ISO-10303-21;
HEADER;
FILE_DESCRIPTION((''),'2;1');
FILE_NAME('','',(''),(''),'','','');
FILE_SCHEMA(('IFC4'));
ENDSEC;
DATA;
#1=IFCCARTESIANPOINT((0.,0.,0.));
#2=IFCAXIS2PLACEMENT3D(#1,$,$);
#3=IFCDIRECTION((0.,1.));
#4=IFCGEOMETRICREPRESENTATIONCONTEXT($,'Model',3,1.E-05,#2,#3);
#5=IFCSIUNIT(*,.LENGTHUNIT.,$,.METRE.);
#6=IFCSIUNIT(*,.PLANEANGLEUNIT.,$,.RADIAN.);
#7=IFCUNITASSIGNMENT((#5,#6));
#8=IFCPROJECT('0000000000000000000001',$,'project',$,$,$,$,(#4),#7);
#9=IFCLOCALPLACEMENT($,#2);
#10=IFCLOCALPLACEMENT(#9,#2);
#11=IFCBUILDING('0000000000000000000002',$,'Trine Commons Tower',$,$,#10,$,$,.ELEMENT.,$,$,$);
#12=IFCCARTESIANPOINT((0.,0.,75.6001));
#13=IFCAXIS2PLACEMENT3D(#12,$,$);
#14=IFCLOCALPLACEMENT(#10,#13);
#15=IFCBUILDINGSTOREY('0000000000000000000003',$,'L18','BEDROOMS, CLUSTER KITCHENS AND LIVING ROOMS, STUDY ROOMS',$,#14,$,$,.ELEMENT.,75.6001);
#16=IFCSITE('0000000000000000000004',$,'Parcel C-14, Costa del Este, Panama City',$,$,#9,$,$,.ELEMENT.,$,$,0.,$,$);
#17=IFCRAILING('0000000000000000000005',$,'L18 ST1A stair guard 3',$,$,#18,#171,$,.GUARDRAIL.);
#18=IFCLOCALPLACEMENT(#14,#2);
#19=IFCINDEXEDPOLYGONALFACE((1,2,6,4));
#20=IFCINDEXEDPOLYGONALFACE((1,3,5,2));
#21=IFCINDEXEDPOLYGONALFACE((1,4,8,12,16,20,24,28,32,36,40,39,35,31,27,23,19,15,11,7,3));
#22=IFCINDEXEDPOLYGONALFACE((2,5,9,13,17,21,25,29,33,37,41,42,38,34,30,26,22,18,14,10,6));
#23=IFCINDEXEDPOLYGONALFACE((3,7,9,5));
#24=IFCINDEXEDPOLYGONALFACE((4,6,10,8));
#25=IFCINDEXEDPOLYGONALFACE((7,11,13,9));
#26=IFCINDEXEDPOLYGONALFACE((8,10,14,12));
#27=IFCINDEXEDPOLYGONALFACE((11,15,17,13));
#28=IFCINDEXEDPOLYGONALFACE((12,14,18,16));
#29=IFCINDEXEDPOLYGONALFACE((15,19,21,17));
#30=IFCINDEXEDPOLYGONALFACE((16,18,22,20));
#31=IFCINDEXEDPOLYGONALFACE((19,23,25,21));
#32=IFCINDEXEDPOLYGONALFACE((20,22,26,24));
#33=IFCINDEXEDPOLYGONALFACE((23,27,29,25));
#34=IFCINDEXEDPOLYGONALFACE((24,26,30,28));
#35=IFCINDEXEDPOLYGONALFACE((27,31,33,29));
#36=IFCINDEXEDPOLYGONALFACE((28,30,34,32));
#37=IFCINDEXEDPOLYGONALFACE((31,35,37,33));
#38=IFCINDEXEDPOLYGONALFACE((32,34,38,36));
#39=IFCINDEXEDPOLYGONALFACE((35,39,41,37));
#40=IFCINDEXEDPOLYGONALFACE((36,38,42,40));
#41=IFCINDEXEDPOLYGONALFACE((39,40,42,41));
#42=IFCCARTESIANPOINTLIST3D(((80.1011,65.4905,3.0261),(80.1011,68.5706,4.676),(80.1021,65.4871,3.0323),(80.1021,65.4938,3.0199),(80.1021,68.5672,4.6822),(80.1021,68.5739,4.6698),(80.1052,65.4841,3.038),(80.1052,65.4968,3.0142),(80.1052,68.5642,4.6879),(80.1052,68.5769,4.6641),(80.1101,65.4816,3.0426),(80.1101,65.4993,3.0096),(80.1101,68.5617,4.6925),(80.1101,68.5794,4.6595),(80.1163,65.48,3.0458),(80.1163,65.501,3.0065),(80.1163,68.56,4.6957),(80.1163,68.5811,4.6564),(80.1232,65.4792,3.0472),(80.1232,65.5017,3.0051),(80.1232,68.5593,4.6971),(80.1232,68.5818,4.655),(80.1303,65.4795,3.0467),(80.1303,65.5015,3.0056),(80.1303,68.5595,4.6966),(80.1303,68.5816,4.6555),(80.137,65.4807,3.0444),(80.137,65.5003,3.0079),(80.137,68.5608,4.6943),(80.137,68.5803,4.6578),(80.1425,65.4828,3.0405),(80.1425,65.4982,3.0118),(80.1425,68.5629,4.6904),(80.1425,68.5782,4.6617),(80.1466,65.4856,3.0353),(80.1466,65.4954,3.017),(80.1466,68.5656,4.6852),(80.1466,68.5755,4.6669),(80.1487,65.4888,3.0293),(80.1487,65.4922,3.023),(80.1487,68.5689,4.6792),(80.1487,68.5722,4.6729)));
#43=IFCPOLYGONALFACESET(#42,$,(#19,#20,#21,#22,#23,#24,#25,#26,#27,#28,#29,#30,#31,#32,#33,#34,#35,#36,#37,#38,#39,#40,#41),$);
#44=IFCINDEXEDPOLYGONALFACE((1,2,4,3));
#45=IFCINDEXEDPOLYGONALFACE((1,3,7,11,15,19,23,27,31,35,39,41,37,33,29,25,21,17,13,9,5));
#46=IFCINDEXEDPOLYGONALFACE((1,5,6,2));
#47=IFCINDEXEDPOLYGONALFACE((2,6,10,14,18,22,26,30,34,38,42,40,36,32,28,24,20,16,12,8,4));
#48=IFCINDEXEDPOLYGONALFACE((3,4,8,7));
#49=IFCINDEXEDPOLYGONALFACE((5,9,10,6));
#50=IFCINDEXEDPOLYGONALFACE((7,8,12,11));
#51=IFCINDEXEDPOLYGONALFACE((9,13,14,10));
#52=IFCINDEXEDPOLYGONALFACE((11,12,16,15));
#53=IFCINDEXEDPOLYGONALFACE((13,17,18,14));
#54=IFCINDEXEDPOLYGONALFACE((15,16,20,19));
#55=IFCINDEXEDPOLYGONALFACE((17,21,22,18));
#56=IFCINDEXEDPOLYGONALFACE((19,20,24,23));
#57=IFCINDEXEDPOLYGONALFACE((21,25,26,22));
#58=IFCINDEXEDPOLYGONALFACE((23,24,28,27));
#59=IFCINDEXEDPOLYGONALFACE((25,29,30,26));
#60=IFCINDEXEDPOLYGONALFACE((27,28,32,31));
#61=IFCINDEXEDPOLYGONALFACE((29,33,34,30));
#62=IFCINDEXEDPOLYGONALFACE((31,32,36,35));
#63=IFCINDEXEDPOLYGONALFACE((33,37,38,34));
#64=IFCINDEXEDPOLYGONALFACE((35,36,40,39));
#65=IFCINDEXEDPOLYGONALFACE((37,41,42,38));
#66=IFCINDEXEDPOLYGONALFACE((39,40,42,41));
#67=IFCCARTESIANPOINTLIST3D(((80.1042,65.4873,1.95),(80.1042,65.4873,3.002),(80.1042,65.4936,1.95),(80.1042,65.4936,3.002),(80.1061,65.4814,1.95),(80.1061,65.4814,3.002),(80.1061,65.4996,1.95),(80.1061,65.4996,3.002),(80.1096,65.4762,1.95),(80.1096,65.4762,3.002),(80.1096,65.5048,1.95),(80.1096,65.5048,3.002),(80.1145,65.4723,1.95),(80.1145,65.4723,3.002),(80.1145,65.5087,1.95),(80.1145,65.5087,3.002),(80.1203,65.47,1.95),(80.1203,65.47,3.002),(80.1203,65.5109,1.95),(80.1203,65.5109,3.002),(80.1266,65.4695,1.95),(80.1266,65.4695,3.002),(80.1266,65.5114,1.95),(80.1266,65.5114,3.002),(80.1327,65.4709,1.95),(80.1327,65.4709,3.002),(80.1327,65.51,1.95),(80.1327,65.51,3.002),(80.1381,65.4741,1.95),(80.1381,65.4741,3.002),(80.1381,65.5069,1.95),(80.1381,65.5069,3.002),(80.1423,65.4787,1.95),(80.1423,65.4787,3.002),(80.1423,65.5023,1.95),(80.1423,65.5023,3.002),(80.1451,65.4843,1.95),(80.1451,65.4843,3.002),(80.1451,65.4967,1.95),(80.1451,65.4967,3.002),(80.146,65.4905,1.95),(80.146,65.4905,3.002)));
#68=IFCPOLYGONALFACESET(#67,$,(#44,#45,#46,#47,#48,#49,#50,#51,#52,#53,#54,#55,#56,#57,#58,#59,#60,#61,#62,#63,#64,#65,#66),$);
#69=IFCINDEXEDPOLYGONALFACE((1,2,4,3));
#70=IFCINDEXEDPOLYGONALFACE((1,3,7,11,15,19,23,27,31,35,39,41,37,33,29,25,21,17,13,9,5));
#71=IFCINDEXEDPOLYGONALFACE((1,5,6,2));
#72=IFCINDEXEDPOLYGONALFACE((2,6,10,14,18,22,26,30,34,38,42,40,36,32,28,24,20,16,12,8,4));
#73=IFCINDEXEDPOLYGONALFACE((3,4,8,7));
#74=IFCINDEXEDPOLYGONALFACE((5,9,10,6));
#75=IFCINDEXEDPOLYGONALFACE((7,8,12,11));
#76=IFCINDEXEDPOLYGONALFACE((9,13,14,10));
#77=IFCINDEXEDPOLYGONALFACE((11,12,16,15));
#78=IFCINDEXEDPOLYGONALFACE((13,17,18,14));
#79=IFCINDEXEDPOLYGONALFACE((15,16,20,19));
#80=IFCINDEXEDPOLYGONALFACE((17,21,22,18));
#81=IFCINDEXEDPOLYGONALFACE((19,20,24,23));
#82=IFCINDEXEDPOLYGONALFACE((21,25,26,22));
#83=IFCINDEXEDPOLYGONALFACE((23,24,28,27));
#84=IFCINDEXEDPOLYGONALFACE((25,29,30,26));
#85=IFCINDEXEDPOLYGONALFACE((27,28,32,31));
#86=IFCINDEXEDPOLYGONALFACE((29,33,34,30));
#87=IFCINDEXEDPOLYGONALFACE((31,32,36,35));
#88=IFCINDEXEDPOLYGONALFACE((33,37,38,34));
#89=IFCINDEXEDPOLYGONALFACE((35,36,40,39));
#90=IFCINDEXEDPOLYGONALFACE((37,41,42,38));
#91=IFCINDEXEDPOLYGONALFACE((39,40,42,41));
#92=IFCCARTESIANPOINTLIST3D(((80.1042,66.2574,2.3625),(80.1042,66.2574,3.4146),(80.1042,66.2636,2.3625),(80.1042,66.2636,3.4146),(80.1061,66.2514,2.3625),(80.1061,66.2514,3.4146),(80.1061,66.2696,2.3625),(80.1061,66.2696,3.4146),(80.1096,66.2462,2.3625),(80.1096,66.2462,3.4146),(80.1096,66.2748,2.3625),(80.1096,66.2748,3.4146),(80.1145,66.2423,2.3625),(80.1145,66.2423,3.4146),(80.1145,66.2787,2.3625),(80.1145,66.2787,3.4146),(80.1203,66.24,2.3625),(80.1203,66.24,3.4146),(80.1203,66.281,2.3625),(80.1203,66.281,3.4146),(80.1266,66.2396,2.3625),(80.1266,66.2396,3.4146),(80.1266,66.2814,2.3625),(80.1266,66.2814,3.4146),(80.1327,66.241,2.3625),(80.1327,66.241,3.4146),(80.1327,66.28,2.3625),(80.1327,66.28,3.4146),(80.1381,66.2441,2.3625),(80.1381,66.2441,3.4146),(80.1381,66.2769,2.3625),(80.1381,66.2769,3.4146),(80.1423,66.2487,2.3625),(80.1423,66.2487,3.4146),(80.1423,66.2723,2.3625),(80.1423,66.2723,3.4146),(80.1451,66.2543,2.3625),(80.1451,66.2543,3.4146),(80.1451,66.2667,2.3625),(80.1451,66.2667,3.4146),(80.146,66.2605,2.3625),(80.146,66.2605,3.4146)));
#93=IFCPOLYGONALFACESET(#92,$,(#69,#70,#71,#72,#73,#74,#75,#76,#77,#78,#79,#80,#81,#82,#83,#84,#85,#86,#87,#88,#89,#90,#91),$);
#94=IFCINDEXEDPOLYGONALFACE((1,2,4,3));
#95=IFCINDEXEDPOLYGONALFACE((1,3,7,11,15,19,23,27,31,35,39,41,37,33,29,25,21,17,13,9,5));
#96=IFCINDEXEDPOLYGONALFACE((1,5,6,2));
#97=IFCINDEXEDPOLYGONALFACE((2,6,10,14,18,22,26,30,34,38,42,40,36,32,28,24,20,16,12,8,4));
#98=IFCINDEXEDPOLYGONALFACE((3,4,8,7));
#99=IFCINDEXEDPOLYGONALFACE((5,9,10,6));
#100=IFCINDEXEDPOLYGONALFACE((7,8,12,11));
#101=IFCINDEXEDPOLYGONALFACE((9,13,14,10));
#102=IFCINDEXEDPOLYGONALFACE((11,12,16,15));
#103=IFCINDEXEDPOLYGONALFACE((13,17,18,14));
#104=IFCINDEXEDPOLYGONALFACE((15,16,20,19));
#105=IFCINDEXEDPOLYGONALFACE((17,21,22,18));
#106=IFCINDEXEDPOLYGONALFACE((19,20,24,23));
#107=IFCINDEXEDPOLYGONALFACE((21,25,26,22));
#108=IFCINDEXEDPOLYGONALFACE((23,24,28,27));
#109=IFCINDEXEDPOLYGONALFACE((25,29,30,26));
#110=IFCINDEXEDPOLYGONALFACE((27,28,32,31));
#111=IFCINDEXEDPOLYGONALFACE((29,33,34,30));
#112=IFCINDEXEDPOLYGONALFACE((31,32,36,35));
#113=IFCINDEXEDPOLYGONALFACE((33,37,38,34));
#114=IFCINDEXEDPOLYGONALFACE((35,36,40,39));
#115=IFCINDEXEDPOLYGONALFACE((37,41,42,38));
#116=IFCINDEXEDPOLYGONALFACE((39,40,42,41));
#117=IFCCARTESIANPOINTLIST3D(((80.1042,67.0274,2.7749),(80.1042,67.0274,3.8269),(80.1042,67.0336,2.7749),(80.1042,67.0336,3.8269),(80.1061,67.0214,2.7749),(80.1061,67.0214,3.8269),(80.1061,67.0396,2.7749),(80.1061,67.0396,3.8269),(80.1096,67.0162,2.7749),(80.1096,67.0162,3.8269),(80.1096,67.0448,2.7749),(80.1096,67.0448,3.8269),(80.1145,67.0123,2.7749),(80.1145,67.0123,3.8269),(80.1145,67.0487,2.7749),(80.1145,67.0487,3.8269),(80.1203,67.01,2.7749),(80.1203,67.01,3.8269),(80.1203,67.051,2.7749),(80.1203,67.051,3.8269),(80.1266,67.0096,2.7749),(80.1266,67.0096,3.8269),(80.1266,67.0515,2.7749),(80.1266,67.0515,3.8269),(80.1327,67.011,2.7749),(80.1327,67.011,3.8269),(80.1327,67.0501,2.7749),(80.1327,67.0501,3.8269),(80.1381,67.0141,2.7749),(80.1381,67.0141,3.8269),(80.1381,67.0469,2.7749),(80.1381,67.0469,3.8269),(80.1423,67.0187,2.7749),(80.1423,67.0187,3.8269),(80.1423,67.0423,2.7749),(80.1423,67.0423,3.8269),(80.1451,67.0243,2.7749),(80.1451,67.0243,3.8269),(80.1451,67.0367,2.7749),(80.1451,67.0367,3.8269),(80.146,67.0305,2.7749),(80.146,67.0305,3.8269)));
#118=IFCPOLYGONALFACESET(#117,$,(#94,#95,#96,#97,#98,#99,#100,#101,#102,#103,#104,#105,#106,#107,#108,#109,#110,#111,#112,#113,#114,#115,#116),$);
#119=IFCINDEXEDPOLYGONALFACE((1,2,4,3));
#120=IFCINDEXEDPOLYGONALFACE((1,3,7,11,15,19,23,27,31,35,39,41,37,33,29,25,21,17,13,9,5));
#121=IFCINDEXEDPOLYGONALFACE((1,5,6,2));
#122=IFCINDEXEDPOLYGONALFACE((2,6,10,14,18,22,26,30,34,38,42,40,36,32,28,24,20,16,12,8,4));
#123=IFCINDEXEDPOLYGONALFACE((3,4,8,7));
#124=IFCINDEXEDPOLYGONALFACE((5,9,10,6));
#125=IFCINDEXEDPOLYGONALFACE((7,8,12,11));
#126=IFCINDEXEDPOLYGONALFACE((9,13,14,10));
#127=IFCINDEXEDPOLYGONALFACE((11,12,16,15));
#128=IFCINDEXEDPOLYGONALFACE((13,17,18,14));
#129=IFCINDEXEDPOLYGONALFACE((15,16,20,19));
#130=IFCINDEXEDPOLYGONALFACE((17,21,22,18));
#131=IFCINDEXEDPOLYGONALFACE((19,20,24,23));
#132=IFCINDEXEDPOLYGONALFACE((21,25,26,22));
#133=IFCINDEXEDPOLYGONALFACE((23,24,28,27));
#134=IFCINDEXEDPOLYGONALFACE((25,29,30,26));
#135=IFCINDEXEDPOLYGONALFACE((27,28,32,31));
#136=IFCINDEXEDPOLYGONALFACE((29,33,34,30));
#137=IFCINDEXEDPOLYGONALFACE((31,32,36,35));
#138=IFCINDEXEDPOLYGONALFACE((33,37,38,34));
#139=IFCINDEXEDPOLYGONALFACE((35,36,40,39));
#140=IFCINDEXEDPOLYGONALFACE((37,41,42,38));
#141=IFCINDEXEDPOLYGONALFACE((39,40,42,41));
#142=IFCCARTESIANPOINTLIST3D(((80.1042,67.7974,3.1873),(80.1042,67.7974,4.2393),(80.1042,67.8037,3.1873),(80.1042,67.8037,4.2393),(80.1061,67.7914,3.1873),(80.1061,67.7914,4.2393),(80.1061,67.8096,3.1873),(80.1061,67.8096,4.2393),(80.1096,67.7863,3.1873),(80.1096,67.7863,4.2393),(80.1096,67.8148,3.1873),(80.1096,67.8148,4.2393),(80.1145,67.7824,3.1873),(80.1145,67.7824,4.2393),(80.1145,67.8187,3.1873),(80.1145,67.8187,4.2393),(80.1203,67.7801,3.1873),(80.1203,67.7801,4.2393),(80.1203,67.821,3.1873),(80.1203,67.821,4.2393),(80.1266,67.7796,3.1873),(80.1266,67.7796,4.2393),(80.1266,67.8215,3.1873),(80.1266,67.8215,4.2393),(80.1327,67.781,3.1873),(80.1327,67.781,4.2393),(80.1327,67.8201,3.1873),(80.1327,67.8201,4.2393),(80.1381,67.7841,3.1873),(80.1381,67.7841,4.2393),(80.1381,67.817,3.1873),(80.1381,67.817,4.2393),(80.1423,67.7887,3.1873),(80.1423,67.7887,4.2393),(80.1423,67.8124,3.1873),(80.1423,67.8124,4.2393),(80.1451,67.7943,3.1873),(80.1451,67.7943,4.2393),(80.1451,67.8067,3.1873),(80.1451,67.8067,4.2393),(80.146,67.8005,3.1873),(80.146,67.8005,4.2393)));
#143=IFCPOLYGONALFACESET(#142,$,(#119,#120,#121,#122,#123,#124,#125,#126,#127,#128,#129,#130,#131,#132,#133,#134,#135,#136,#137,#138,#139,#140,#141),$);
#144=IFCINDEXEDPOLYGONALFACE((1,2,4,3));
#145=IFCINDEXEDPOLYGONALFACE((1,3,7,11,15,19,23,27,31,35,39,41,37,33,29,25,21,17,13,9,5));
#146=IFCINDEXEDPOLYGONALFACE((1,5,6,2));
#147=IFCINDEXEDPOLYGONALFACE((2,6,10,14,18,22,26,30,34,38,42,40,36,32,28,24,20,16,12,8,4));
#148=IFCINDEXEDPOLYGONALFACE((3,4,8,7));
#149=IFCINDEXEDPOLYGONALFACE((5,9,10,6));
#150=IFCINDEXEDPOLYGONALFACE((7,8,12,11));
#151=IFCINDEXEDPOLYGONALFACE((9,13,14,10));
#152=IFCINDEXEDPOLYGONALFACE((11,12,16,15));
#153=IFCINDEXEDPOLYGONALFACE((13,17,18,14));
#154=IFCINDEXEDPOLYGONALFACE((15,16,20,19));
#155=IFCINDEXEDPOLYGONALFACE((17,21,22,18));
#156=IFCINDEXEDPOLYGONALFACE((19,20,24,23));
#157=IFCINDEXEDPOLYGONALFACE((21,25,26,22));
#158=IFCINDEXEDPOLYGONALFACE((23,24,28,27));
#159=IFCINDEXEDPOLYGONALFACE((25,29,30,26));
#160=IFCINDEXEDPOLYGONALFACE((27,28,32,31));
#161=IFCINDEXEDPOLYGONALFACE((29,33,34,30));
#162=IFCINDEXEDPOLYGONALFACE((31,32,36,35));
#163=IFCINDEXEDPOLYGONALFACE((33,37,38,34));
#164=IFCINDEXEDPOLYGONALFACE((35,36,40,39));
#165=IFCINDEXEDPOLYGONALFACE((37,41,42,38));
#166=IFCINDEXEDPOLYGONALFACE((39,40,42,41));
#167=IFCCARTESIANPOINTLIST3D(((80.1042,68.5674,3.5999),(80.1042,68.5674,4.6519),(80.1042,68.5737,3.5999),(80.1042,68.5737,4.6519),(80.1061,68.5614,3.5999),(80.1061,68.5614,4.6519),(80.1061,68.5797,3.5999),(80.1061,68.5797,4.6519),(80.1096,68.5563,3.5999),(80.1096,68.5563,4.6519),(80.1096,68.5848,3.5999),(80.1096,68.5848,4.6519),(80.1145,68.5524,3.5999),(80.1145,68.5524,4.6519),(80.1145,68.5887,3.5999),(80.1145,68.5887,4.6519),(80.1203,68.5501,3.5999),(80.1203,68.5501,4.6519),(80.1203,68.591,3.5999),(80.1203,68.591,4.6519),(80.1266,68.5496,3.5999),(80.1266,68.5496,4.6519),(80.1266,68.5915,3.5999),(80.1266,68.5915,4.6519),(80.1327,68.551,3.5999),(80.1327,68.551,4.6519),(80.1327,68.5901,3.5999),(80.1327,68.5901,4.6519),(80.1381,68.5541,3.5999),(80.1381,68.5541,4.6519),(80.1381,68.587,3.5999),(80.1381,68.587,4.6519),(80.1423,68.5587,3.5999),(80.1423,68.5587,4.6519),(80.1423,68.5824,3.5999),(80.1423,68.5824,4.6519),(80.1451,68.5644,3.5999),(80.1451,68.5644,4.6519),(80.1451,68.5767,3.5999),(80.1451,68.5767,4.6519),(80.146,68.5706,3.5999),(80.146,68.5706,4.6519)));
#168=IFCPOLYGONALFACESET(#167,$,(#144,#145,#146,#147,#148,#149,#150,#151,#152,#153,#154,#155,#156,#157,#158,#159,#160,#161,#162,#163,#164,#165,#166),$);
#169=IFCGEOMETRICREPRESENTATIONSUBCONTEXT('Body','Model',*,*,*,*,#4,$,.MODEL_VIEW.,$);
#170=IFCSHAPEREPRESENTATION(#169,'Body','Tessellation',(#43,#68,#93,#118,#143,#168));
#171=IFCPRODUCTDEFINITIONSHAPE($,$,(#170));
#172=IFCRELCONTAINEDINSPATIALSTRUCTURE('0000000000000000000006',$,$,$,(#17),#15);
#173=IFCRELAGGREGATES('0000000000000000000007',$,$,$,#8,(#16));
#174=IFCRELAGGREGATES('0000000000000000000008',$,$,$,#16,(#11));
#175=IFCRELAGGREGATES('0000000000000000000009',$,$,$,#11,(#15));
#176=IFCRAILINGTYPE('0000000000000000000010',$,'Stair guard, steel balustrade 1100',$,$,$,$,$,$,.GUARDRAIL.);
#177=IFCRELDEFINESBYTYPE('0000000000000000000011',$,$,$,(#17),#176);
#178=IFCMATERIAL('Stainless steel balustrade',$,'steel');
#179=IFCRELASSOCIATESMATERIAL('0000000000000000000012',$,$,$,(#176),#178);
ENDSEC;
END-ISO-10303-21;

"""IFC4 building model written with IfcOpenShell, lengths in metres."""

from ifc_helpers import new_model, si_unit, direction, frame, origin, origin_2d, place, context, subcontext, project, spatial, circle, extrude, material, type_object, element, save


model = new_model("IFC4")

# Units and contexts
model_context = context("Model", 3, precision=1e-05, world=origin(), true_north=direction((0.0, 1.0)))
body_context = subcontext(model_context, "Body", "Model", "MODEL_VIEW")
ifc_project = project(units=[si_unit("LENGTHUNIT", "METRE"), si_unit("PLANEANGLEUNIT", "RADIAN")], contexts=[model_context])

# Site, building, storey
site_placement = place(None, origin())
site = spatial("IfcSite", under=ifc_project, at=site_placement, Name="Parcel C-14, Costa del Este, Panama City", CompositionType="ELEMENT", RefElevation=0.0)
building_placement = place(site_placement, origin())
building = spatial("IfcBuilding", under=site, at=building_placement, Name="Trine Commons Tower", CompositionType="ELEMENT")
storey_placement = place(building_placement, frame((0.0, 0.0, 75.6001)))
storey = spatial("IfcBuildingStorey", under=building, at=storey_placement, Name="L18", Description="BEDROOMS, CLUSTER KITCHENS AND LIVING ROOMS, STUDY ROOMS", CompositionType="ELEMENT", Elevation=75.6001)

# Railing
ifc_material_1 = material(Name="Stainless steel balustrade", Category="steel")
railing_type_1 = type_object("IfcRailingType", Name="Stair guard, steel balustrade 1100", PredefinedType="GUARDRAIL", material=ifc_material_1)
railing_1_placement = place(storey_placement, frame((80.125, 65.4905, 1.95)))
element("IfcRailing", 1, at=railing_1_placement, inside=storey, type_object=railing_type_1, Name="L18 ST1A stair guard 3", PredefinedType="GUARDRAIL", context=body_context, shape_type="SweptSolid", body=[
    extrude(circle(Radius=0.0239, at=origin_2d()), frame((0.0, 0.0, 1.0762), z_axis=(0.0, 0.881497, 0.47219), x_axis=(-1.0, 0.0, 0.0)), (0.0, 0.0, 1.0), 3.4941),
    extrude(circle(Radius=0.021, at=origin_2d()), origin(), (0.0, 0.0, 1.0), 1.052),
    extrude(circle(Radius=0.021, at=origin_2d()), frame((0.0, 0.77, 0.4126)), (0.0, 0.0, 1.0), 1.052),
    extrude(circle(Radius=0.021, at=origin_2d()), frame((0.0, 1.54, 0.825)), (0.0, 0.0, 1.0), 1.052),
    extrude(circle(Radius=0.021, at=origin_2d()), frame((0.0, 2.3101, 1.2373)), (0.0, 0.0, 1.0), 1.052),
    extrude(circle(Radius=0.021, at=origin_2d()), frame((0.0, 3.0801, 1.6499)), (0.0, 0.0, 1.0), 1.052),
])

save(model, "model.ifc")
